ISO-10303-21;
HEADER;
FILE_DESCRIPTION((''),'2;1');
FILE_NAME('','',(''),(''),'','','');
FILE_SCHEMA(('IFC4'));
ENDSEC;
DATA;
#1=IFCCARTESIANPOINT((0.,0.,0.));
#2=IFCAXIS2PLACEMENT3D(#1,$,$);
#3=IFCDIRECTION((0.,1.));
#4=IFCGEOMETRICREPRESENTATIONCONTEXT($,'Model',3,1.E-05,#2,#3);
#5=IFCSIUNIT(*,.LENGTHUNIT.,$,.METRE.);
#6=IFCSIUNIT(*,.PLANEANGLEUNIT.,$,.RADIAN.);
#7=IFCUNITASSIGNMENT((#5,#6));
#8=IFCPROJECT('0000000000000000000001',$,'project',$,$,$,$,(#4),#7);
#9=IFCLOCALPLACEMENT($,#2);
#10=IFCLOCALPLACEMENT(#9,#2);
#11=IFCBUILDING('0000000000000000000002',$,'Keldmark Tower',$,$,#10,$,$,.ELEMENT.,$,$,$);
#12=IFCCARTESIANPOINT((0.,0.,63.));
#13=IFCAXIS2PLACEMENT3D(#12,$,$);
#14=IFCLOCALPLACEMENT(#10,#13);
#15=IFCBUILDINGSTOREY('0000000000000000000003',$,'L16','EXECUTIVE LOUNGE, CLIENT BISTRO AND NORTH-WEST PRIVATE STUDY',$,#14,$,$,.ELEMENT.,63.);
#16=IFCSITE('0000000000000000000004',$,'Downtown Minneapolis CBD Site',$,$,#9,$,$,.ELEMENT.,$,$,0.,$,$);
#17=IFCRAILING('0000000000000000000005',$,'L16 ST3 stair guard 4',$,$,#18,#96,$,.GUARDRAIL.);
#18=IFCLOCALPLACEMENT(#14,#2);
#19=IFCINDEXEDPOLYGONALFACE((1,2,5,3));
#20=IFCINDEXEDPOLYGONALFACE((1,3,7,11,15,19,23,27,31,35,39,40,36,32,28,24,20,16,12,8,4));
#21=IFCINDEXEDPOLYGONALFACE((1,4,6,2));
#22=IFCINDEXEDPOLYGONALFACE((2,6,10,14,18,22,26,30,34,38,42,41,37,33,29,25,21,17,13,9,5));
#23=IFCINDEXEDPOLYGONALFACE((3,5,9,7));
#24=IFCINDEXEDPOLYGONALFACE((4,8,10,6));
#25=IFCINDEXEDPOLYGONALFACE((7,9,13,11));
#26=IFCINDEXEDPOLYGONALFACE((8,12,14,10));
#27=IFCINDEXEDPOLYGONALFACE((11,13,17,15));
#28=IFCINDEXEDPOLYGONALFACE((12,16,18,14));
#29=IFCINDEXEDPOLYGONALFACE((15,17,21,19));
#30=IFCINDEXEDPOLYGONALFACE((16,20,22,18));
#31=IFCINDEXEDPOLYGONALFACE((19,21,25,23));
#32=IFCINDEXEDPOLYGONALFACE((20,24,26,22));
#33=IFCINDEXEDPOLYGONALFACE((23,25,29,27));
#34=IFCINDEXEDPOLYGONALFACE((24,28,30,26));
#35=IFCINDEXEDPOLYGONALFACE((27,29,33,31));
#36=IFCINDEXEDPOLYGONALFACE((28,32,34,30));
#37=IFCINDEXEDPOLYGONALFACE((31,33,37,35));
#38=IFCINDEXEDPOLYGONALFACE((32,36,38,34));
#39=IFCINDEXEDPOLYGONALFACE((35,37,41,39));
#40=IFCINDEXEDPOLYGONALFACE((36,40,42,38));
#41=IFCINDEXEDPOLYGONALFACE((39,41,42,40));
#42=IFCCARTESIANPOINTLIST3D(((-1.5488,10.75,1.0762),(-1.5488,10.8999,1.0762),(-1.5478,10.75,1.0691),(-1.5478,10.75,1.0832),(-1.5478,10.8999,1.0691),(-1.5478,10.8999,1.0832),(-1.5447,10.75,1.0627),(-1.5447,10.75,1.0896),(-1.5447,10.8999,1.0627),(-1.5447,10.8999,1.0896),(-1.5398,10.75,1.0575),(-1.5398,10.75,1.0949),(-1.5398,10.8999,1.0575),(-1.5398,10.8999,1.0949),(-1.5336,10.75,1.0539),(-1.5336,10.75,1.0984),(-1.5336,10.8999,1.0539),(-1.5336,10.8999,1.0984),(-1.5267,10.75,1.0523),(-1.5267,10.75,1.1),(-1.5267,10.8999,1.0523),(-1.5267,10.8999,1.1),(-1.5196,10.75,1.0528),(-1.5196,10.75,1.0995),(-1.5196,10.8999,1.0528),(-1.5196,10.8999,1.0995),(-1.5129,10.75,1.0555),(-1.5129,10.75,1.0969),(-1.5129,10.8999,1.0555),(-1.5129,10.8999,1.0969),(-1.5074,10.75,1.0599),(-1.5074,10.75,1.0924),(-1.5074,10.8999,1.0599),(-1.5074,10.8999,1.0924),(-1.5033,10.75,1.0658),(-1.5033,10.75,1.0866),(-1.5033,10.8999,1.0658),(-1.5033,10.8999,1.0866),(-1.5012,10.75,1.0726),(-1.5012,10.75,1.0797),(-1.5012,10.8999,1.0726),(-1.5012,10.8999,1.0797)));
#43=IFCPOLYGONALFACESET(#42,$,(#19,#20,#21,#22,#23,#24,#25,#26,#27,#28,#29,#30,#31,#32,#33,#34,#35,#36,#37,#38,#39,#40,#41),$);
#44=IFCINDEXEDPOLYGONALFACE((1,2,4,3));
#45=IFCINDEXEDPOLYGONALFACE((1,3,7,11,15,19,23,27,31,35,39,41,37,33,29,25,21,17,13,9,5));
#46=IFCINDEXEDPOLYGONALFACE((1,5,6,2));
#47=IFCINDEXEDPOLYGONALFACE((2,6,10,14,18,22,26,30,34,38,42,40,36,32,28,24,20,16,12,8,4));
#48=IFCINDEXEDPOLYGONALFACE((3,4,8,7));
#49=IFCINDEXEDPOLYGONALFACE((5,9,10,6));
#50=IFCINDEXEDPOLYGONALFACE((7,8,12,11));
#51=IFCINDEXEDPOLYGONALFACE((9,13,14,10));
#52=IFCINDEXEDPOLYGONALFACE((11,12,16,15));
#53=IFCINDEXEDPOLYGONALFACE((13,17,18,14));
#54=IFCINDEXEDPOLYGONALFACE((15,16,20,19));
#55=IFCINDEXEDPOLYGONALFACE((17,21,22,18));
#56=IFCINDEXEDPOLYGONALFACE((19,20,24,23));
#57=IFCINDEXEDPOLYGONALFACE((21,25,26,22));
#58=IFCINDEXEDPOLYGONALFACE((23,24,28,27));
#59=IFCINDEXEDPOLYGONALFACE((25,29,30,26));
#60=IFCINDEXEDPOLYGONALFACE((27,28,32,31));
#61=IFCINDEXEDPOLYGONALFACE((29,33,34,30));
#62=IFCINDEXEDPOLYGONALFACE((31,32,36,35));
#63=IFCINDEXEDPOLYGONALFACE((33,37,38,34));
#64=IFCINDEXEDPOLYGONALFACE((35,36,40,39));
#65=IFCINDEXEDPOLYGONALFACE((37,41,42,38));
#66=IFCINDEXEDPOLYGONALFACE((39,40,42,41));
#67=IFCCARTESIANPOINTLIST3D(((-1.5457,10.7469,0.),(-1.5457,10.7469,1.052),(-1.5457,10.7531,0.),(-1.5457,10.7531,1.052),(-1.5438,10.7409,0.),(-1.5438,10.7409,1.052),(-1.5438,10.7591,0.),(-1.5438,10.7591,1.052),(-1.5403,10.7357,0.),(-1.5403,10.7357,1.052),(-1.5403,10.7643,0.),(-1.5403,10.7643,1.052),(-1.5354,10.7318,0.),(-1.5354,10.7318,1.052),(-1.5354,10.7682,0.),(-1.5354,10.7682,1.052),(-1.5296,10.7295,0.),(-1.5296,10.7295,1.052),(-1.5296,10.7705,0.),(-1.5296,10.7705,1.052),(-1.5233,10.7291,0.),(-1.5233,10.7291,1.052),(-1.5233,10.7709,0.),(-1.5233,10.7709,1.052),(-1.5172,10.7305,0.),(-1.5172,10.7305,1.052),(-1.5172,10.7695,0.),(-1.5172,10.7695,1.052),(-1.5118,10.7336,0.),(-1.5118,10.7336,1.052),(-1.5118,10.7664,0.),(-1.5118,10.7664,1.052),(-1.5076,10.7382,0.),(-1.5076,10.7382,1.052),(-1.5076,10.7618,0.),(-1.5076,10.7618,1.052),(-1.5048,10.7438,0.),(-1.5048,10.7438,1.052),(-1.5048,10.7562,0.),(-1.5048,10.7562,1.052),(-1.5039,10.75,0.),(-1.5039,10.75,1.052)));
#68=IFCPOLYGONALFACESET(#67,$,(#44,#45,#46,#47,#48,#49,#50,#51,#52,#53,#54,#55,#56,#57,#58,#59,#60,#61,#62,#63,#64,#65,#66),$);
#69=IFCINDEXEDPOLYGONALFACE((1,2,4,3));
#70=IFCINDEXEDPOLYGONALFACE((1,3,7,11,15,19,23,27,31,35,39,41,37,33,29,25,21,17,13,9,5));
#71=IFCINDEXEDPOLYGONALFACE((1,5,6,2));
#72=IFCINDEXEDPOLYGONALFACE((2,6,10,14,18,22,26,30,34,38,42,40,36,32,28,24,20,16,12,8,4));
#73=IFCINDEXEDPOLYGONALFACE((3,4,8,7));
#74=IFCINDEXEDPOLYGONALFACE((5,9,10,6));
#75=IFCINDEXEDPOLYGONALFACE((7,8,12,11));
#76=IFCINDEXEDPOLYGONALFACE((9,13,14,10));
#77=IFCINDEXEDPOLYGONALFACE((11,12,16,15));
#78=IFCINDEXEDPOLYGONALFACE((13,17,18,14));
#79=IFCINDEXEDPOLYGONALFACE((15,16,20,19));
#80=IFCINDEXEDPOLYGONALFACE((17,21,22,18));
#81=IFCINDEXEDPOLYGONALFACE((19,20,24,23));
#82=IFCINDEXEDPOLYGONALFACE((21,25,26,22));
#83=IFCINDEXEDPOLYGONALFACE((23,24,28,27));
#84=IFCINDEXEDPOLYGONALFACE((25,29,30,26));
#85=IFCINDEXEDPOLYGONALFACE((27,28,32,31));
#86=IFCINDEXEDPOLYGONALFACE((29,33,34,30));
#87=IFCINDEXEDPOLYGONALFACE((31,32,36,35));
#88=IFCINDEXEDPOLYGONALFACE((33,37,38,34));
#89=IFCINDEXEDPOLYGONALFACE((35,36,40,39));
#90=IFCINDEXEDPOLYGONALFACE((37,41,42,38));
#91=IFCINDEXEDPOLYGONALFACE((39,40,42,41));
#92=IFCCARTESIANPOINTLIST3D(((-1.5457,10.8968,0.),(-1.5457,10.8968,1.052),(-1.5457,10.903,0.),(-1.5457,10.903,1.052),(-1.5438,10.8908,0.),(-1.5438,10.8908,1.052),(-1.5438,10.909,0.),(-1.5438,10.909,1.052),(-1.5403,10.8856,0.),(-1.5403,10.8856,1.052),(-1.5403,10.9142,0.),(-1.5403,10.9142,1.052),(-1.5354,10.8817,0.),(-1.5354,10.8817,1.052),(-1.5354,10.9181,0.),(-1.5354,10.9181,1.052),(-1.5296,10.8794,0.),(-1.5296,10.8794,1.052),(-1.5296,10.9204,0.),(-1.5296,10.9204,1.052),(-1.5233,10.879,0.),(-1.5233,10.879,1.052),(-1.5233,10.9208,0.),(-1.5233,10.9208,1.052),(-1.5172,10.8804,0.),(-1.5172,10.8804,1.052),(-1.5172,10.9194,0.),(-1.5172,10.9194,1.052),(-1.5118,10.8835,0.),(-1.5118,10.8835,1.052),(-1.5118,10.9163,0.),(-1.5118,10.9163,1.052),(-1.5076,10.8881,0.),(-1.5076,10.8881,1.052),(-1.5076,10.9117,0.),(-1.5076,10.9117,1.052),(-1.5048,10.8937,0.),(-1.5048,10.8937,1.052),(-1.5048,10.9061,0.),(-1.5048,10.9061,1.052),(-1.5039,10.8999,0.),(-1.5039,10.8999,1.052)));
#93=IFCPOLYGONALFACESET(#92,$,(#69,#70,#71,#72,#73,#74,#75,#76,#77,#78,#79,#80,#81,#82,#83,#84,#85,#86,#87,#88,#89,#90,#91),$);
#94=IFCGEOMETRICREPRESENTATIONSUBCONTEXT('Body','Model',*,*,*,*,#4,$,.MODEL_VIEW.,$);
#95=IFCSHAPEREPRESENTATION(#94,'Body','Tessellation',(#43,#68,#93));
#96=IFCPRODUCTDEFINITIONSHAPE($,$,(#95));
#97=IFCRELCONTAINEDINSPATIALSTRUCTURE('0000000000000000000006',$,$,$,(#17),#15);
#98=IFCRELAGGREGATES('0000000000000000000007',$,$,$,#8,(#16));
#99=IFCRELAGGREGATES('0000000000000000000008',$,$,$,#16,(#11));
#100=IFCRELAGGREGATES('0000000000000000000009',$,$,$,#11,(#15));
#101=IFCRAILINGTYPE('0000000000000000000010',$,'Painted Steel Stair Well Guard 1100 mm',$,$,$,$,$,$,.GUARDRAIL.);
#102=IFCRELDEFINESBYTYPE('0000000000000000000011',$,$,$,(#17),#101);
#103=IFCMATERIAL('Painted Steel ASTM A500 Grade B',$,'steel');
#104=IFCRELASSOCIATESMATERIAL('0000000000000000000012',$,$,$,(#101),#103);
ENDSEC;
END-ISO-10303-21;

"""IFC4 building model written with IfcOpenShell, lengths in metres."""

from ifc_helpers import new_model, si_unit, direction, frame, origin, origin_2d, place, context, subcontext, project, spatial, circle, extrude, material, type_object, element, save


model = new_model("IFC4")

# Units and contexts
model_context = context("Model", 3, precision=1e-05, world=origin(), true_north=direction((0.0, 1.0)))
body_context = subcontext(model_context, "Body", "Model", "MODEL_VIEW")
ifc_project = project(units=[si_unit("LENGTHUNIT", "METRE"), si_unit("PLANEANGLEUNIT", "RADIAN")], contexts=[model_context])

# Site, building, storey
site_placement = place(None, origin())
site = spatial("IfcSite", under=ifc_project, at=site_placement, Name="Downtown Minneapolis CBD Site", CompositionType="ELEMENT", RefElevation=0.0)
building_placement = place(site_placement, origin())
building = spatial("IfcBuilding", under=site, at=building_placement, Name="Keldmark Tower", CompositionType="ELEMENT")
storey_placement = place(building_placement, frame((0.0, 0.0, 63.0)))
storey = spatial("IfcBuildingStorey", under=building, at=storey_placement, Name="L16", Description="EXECUTIVE LOUNGE, CLIENT BISTRO AND NORTH-WEST PRIVATE STUDY", CompositionType="ELEMENT", Elevation=63.0)

# Railing
ifc_material_1 = material(Name="Painted Steel ASTM A500 Grade B", Category="steel")
railing_type = type_object("IfcRailingType", Name="Painted Steel Stair Well Guard 1100 mm", PredefinedType="GUARDRAIL", material=ifc_material_1)
railing_1_placement = place(storey_placement, frame((-1.5249, 10.75, 0.0)))
element("IfcRailing", 1, at=railing_1_placement, inside=storey, type_object=railing_type, Name="L16 ST3 stair guard 4", PredefinedType="GUARDRAIL", context=body_context, shape_type="SweptSolid", body=[
    extrude(circle(Radius=0.0239, at=origin_2d()), frame((0.0, 0.0, 1.0762), z_axis=(0.0, 1.0, 0.0), x_axis=(-1.0, 0.0, 0.0)), (0.0, 0.0, 1.0), 0.1499),
    extrude(circle(Radius=0.021, at=origin_2d()), origin(), (0.0, 0.0, 1.0), 1.052),
    extrude(circle(Radius=0.021, at=origin_2d()), frame((0.0, 0.1499, 0.0)), (0.0, 0.0, 1.0), 1.052),
])

save(model, "model.ifc")
